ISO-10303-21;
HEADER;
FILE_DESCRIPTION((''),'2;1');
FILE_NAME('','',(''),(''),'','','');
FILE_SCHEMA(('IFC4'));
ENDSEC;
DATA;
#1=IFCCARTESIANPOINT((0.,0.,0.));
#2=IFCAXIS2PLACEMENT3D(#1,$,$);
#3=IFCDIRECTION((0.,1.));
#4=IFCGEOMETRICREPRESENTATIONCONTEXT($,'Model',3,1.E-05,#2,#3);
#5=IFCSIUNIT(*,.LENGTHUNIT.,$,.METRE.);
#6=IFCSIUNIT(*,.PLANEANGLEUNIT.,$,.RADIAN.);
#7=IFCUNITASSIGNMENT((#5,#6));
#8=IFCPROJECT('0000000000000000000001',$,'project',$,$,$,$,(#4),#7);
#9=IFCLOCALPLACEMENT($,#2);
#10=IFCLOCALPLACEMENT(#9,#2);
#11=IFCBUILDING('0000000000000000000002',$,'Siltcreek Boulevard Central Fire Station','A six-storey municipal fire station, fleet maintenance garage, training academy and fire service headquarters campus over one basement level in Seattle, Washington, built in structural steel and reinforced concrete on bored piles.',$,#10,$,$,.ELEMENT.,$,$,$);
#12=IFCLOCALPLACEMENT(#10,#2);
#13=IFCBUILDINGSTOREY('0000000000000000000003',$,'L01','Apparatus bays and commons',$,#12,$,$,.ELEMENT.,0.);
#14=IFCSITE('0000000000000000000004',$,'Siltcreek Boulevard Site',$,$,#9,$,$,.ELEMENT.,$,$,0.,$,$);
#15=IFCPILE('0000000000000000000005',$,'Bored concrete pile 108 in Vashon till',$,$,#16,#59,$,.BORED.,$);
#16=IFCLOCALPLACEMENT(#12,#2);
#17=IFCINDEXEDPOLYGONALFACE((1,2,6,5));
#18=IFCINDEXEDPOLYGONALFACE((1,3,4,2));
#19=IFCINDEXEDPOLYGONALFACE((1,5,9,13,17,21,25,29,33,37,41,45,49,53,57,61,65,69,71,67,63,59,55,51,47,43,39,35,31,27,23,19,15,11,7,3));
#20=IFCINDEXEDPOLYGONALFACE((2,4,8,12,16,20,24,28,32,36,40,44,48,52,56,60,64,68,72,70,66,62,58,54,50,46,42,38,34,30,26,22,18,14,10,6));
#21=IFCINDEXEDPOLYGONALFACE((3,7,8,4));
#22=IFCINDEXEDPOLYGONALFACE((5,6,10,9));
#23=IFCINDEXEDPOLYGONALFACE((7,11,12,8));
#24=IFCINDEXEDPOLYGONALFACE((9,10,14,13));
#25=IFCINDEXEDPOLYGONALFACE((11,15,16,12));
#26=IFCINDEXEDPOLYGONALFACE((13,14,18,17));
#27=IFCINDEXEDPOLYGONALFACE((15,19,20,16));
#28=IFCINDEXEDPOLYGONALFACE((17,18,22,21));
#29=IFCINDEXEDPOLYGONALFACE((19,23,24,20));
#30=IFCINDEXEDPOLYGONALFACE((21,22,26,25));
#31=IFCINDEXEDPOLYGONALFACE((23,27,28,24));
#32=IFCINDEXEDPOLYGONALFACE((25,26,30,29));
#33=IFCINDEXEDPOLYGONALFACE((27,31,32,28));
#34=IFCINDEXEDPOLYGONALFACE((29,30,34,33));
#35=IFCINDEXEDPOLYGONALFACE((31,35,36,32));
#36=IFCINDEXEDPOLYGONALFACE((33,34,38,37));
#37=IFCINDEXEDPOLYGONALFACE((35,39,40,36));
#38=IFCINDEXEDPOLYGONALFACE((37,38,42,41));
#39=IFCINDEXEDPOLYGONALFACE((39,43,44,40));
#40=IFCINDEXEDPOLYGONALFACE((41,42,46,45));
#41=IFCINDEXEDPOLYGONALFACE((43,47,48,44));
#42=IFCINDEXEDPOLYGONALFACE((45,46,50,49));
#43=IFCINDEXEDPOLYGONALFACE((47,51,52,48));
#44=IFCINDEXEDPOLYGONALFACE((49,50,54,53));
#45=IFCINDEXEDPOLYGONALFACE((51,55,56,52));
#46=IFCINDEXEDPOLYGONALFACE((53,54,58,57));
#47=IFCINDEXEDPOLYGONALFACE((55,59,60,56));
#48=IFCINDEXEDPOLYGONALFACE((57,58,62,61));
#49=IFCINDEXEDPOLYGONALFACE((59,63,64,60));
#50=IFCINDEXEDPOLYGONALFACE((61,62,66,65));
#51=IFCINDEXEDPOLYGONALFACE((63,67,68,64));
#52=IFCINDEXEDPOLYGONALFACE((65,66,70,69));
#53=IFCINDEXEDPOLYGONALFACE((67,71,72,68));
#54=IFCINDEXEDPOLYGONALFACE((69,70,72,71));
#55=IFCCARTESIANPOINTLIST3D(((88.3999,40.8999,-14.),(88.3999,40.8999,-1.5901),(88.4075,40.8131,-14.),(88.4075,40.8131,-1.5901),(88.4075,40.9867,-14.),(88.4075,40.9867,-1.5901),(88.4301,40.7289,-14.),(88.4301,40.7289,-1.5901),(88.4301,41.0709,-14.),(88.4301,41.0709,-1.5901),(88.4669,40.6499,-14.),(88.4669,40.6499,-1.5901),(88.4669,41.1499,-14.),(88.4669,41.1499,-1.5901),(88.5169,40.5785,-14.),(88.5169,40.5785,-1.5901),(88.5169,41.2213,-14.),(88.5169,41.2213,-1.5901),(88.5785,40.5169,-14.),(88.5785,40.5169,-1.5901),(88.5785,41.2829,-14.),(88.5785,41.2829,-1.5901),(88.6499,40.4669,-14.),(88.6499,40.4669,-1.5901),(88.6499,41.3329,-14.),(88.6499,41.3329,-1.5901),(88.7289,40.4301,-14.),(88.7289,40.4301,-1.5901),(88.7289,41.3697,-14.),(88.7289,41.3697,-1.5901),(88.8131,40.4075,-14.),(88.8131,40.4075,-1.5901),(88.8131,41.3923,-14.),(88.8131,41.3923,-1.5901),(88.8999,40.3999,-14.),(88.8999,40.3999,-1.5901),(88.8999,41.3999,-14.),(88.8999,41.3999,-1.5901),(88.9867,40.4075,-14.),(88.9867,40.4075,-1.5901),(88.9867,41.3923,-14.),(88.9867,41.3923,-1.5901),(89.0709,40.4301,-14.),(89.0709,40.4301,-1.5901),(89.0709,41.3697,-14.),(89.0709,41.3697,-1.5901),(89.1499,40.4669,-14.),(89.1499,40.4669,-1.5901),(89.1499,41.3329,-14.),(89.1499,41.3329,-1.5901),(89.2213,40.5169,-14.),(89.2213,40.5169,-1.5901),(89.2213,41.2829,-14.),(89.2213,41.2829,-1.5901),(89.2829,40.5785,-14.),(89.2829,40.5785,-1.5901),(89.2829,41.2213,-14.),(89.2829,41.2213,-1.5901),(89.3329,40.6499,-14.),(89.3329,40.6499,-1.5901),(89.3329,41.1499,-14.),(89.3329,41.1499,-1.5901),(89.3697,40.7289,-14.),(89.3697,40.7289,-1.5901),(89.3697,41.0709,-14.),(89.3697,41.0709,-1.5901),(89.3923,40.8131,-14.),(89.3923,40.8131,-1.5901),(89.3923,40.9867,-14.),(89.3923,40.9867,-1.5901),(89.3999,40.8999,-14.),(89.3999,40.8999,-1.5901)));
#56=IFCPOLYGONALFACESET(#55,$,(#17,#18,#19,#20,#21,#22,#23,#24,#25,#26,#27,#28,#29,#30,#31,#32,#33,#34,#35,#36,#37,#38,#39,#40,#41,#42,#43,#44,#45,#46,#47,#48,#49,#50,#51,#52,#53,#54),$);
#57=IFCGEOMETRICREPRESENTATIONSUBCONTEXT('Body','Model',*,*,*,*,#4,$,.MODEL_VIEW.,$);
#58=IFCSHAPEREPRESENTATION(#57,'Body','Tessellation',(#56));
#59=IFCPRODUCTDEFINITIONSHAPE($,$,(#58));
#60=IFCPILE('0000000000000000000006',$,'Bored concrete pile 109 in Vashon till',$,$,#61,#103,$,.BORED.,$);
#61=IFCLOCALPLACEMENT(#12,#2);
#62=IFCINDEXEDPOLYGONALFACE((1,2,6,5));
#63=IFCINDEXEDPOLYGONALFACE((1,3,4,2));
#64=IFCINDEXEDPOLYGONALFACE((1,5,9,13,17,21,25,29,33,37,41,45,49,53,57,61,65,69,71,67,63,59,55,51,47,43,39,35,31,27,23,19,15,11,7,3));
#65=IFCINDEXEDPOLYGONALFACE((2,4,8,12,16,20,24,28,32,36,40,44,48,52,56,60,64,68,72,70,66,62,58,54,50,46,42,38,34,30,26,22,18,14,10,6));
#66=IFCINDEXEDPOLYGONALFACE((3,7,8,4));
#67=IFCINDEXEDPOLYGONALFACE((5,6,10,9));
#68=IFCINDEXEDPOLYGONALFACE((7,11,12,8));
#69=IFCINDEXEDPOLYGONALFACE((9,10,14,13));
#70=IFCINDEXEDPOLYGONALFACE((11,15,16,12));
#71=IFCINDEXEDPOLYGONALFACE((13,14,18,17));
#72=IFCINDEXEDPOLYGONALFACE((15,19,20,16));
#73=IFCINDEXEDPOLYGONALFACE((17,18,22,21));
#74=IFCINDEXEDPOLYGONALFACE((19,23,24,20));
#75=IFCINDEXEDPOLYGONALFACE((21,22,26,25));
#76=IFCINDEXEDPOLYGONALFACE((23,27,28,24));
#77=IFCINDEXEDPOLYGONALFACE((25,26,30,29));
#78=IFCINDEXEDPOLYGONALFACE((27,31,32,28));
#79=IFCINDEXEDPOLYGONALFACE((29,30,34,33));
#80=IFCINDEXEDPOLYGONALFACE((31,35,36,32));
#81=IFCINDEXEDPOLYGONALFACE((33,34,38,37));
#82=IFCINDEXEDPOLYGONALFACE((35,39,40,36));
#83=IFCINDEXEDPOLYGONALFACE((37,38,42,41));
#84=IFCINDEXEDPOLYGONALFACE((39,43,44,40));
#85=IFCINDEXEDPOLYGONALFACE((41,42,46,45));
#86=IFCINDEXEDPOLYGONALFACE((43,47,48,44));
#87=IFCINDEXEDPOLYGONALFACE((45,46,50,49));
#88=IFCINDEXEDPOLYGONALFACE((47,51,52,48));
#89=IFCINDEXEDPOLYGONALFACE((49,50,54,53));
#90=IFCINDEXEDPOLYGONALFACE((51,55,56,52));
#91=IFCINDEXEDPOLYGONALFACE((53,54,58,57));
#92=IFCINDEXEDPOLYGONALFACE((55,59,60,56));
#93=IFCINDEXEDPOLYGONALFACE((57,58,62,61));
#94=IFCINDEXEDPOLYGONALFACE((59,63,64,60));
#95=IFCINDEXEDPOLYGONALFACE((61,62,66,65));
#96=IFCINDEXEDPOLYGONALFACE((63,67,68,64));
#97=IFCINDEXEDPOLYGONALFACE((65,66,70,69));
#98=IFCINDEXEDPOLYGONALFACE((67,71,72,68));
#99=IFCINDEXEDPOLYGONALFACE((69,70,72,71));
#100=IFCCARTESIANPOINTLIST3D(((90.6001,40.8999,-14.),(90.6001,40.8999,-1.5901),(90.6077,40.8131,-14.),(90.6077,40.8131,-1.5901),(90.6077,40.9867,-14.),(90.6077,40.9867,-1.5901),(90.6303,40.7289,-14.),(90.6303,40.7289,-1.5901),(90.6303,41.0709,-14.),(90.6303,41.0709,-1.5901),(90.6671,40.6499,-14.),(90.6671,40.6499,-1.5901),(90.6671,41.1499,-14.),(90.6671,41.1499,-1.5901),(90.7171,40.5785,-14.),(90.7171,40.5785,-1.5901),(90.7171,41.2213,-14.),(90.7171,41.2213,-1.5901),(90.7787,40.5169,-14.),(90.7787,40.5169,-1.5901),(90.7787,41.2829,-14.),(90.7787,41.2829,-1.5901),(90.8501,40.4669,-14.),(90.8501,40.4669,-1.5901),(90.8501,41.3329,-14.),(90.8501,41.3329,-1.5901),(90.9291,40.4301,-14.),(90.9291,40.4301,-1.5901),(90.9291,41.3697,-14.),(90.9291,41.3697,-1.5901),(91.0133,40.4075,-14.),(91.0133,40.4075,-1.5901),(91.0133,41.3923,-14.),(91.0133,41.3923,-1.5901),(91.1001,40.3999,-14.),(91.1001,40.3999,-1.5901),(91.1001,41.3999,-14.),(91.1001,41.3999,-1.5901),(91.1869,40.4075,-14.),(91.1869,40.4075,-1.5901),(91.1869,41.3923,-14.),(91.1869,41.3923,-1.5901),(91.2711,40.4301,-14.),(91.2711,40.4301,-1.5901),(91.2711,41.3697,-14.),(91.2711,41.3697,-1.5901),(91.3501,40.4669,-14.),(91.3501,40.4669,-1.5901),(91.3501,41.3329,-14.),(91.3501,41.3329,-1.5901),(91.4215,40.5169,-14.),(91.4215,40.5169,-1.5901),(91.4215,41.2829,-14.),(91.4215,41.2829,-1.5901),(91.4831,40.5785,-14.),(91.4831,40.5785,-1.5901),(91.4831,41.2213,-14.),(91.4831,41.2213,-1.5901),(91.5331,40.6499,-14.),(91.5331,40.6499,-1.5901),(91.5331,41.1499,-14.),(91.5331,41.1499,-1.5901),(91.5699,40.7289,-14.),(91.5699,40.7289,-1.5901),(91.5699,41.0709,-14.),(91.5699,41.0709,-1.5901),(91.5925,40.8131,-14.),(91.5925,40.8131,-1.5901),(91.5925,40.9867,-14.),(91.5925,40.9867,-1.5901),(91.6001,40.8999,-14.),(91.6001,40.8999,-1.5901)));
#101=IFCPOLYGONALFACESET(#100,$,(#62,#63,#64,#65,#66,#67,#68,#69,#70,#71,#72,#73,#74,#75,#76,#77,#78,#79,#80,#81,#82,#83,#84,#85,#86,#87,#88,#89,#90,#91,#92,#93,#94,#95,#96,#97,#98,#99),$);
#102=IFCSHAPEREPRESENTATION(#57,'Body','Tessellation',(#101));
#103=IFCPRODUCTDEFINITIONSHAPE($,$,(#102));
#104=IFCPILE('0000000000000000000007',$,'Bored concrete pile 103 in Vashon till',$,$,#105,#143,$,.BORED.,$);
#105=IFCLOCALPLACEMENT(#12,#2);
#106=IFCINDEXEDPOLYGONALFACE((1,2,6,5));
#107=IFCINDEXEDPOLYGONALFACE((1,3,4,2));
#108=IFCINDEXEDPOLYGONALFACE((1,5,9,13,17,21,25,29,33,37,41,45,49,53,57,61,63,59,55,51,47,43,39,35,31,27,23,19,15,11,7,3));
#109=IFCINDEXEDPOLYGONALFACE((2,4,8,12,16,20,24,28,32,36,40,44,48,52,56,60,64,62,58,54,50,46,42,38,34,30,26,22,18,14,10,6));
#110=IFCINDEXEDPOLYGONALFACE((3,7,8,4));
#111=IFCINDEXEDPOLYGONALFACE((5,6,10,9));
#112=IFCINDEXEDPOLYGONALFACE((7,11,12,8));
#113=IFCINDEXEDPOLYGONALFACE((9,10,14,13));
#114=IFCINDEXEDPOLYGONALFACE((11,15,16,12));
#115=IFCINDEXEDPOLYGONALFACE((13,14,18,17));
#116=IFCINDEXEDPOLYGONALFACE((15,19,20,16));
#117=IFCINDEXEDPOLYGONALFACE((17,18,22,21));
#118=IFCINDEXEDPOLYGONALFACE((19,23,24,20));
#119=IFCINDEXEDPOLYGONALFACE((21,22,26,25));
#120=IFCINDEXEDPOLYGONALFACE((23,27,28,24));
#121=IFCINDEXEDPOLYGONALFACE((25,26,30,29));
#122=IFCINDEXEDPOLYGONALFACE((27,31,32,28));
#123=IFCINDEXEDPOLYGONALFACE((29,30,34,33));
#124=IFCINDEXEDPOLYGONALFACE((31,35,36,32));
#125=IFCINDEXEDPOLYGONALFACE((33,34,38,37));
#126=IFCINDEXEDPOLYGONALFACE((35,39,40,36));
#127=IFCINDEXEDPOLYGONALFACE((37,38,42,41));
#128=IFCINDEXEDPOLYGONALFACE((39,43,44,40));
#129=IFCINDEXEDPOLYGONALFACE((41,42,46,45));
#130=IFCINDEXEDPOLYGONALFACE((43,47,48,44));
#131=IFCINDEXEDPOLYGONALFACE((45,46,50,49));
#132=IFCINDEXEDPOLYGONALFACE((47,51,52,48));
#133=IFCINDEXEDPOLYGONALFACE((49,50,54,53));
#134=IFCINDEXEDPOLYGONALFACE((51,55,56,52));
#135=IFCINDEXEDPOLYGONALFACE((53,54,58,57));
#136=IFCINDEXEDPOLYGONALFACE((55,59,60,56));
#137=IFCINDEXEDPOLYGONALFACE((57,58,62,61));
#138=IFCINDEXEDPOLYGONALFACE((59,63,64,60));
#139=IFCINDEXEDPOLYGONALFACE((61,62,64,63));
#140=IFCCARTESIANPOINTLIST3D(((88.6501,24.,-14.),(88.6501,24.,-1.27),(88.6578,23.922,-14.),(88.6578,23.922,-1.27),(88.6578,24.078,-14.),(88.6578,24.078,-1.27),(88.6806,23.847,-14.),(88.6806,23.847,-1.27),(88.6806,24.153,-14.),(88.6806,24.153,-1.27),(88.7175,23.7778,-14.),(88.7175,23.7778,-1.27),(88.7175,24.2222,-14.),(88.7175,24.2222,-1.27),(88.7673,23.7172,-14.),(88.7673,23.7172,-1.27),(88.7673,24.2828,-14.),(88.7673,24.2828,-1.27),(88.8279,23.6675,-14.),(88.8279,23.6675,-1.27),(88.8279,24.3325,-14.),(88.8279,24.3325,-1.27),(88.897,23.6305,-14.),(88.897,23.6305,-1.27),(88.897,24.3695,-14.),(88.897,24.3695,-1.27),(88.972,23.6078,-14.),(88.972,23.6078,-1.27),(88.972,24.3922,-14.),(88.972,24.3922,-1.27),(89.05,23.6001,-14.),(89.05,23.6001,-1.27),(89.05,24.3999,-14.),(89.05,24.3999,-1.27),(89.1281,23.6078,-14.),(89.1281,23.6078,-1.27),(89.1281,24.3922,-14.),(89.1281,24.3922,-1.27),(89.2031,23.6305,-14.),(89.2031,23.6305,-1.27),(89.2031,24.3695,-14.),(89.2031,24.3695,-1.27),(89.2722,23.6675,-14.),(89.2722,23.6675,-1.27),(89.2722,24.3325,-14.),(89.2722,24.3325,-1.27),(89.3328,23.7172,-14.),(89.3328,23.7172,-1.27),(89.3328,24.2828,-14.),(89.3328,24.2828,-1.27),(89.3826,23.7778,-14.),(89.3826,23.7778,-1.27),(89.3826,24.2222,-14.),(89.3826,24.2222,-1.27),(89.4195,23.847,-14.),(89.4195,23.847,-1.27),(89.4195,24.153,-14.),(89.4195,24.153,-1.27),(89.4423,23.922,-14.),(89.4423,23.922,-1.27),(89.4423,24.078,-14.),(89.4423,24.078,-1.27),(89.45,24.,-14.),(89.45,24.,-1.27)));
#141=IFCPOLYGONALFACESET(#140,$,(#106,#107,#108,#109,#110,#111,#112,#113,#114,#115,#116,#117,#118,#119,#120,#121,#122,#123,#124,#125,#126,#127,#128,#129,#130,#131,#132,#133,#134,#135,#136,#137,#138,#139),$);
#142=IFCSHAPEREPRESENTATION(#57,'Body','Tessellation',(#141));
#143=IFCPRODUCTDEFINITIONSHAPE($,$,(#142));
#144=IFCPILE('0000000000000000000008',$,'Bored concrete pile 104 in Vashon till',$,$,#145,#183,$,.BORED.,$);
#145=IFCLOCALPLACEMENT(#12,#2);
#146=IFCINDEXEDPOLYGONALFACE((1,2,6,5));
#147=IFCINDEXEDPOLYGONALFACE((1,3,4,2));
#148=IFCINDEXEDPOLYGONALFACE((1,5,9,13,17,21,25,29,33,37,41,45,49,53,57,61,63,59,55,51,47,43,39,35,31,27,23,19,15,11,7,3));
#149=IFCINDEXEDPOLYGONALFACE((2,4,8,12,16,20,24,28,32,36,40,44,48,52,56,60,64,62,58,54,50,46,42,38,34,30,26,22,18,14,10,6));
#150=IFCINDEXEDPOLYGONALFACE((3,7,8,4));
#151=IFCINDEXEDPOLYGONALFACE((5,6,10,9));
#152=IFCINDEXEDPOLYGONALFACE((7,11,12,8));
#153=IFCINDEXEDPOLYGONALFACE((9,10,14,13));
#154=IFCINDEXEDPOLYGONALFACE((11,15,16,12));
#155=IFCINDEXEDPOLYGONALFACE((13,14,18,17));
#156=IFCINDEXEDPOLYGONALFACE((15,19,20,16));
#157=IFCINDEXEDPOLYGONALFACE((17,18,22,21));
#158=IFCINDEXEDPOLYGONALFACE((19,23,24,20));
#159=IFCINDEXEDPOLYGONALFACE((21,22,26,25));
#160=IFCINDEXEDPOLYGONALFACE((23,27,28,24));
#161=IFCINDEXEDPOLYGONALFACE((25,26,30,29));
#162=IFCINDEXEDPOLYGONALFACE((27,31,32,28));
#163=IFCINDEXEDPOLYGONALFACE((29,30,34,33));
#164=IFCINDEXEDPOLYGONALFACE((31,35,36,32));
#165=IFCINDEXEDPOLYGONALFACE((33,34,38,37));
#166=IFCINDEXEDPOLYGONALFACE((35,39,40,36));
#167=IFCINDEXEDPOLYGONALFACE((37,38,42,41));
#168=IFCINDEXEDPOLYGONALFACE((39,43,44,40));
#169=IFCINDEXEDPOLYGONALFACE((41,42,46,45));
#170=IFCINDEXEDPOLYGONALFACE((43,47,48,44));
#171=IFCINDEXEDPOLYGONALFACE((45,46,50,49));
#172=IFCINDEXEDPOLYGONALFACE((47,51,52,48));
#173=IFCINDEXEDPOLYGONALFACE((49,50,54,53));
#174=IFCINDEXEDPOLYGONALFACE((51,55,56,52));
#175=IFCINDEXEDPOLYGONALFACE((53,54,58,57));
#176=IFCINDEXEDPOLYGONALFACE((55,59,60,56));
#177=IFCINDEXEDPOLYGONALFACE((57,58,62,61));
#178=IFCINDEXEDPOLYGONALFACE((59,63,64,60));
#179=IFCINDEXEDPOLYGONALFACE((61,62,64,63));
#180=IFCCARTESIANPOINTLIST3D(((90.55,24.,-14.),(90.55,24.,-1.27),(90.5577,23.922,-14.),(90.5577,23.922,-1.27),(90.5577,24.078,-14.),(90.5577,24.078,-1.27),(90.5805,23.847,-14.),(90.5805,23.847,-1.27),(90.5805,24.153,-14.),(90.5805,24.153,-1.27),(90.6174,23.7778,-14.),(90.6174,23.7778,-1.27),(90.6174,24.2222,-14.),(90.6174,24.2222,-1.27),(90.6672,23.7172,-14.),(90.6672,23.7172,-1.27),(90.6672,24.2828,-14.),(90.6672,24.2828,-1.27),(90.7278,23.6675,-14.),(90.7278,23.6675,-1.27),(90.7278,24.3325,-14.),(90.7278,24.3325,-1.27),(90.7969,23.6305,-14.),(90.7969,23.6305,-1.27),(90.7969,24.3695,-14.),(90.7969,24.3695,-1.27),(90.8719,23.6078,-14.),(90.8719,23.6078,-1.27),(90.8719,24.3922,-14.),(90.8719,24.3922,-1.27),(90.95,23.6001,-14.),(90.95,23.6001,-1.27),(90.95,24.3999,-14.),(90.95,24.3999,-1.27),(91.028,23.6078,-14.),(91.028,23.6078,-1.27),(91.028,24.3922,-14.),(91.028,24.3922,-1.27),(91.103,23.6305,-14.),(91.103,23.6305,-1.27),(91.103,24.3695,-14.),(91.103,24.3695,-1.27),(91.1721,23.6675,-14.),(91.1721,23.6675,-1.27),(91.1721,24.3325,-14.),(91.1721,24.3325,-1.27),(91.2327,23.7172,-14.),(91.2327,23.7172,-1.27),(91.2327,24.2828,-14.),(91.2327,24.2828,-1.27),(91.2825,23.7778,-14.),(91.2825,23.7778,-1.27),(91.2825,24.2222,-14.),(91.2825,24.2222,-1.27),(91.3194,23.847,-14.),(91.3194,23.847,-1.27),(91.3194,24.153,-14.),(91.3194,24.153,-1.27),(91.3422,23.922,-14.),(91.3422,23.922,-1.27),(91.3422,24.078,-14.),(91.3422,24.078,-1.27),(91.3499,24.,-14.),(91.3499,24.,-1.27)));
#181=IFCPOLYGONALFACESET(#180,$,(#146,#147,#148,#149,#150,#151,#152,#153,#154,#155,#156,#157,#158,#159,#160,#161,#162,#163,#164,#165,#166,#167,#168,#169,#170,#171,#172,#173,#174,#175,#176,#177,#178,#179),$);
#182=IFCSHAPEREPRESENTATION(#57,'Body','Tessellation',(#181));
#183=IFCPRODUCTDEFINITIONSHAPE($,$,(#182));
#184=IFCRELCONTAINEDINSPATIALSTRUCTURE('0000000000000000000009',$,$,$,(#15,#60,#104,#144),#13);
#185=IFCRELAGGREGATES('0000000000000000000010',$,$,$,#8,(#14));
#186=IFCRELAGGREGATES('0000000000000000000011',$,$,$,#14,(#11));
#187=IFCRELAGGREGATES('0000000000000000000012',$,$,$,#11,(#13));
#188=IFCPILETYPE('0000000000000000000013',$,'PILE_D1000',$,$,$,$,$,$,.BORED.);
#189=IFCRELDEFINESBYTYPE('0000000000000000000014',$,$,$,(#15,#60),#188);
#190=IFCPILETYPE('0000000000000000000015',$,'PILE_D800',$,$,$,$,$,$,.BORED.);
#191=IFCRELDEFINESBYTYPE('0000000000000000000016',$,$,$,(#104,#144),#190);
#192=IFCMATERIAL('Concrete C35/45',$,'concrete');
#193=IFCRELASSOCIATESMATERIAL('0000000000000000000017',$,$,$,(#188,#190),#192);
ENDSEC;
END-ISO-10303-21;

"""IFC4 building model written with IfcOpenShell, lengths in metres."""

from ifc_helpers import new_model, si_unit, direction, frame, origin, origin_2d, place, context, subcontext, project, spatial, circle, extrude, material, material_profile, profile_set, type_object, element, save


model = new_model("IFC4")

# Units and contexts
model_context = context("Model", 3, precision=1e-05, world=origin(), true_north=direction((0.0, 1.0)))
body_context = subcontext(model_context, "Body", "Model", "MODEL_VIEW")
ifc_project = project(units=[si_unit("LENGTHUNIT", "METRE"), si_unit("PLANEANGLEUNIT", "RADIAN")], contexts=[model_context])

# Site, building, storey
site_placement = place(None, origin())
site = spatial("IfcSite", under=ifc_project, at=site_placement, Name="Siltcreek Boulevard Site", CompositionType="ELEMENT", RefElevation=0.0)
building_placement = place(site_placement, origin())
building = spatial("IfcBuilding", under=site, at=building_placement, Name="Siltcreek Boulevard Central Fire Station", Description="A six-storey municipal fire station, fleet maintenance garage, training academy and fire service headquarters campus over one basement level in Seattle, Washington, built in structural steel and reinforced concrete on bored piles.", CompositionType="ELEMENT")
storey_placement = place(building_placement, origin())
storey = spatial("IfcBuildingStorey", under=building, at=storey_placement, Name="L01", Description="Apparatus bays and commons", CompositionType="ELEMENT", Elevation=0.0)

# Shared definitions
ifc_material_1 = material(Name="Concrete C35/45", Category="concrete")

# Piles
ifc_material_profile_1 = material_profile(ifc_material_1, circle(Radius=0.5, at=origin_2d()), Name="SHAFT1000")
ifc_profile_set_1 = profile_set([ifc_material_profile_1], Name="Concrete C35/45")
pile_type_1 = type_object("IfcPileType", Name="PILE_D1000", PredefinedType="BORED", material=ifc_profile_set_1)
for number, where, z_axis, x_axis, name in (
    (1, (88.8999, 40.8999, -1.5901), (0.0, 0.0, -1.0), (1.0, 0.0, 0.0), "Bored concrete pile 108 in Vashon till"),
    (2, (91.1001, 40.8999, -1.5901), (0.0, 0.0, -1.0), (1.0, 0.0, 0.0), "Bored concrete pile 109 in Vashon till"),
):
    element("IfcPile", number, at=place(storey_placement, frame(where, z_axis=z_axis, x_axis=x_axis)), inside=storey, type_object=pile_type_1, Name=name, PredefinedType="BORED", context=body_context, shape_type="SweptSolid", body=[
        extrude(circle(Radius=0.5, at=origin_2d()), origin(), (0.0, 0.0, 1.0), 12.4099),
    ])
ifc_material_profile_2 = material_profile(ifc_material_1, circle(Radius=0.3999, at=origin_2d()), Name="SHAFT800")
ifc_profile_set_2 = profile_set([ifc_material_profile_2], Name="Concrete C35/45")
pile_type_2 = type_object("IfcPileType", Name="PILE_D800", PredefinedType="BORED", material=ifc_profile_set_2)
for number, where, z_axis, x_axis, name in (
    (3, (89.05, 24.0, -1.27), (0.0, 0.0, -1.0), (1.0, 0.0, 0.0), "Bored concrete pile 103 in Vashon till"),
    (4, (90.95, 24.0, -1.27), (0.0, 0.0, -1.0), (1.0, 0.0, 0.0), "Bored concrete pile 104 in Vashon till"),
):
    element("IfcPile", number, at=place(storey_placement, frame(where, z_axis=z_axis, x_axis=x_axis)), inside=storey, type_object=pile_type_2, Name=name, PredefinedType="BORED", context=body_context, shape_type="SweptSolid", body=[
        extrude(circle(Radius=0.3999, at=origin_2d()), origin(), (0.0, 0.0, 1.0), 12.73),
    ])

save(model, "model.ifc")
